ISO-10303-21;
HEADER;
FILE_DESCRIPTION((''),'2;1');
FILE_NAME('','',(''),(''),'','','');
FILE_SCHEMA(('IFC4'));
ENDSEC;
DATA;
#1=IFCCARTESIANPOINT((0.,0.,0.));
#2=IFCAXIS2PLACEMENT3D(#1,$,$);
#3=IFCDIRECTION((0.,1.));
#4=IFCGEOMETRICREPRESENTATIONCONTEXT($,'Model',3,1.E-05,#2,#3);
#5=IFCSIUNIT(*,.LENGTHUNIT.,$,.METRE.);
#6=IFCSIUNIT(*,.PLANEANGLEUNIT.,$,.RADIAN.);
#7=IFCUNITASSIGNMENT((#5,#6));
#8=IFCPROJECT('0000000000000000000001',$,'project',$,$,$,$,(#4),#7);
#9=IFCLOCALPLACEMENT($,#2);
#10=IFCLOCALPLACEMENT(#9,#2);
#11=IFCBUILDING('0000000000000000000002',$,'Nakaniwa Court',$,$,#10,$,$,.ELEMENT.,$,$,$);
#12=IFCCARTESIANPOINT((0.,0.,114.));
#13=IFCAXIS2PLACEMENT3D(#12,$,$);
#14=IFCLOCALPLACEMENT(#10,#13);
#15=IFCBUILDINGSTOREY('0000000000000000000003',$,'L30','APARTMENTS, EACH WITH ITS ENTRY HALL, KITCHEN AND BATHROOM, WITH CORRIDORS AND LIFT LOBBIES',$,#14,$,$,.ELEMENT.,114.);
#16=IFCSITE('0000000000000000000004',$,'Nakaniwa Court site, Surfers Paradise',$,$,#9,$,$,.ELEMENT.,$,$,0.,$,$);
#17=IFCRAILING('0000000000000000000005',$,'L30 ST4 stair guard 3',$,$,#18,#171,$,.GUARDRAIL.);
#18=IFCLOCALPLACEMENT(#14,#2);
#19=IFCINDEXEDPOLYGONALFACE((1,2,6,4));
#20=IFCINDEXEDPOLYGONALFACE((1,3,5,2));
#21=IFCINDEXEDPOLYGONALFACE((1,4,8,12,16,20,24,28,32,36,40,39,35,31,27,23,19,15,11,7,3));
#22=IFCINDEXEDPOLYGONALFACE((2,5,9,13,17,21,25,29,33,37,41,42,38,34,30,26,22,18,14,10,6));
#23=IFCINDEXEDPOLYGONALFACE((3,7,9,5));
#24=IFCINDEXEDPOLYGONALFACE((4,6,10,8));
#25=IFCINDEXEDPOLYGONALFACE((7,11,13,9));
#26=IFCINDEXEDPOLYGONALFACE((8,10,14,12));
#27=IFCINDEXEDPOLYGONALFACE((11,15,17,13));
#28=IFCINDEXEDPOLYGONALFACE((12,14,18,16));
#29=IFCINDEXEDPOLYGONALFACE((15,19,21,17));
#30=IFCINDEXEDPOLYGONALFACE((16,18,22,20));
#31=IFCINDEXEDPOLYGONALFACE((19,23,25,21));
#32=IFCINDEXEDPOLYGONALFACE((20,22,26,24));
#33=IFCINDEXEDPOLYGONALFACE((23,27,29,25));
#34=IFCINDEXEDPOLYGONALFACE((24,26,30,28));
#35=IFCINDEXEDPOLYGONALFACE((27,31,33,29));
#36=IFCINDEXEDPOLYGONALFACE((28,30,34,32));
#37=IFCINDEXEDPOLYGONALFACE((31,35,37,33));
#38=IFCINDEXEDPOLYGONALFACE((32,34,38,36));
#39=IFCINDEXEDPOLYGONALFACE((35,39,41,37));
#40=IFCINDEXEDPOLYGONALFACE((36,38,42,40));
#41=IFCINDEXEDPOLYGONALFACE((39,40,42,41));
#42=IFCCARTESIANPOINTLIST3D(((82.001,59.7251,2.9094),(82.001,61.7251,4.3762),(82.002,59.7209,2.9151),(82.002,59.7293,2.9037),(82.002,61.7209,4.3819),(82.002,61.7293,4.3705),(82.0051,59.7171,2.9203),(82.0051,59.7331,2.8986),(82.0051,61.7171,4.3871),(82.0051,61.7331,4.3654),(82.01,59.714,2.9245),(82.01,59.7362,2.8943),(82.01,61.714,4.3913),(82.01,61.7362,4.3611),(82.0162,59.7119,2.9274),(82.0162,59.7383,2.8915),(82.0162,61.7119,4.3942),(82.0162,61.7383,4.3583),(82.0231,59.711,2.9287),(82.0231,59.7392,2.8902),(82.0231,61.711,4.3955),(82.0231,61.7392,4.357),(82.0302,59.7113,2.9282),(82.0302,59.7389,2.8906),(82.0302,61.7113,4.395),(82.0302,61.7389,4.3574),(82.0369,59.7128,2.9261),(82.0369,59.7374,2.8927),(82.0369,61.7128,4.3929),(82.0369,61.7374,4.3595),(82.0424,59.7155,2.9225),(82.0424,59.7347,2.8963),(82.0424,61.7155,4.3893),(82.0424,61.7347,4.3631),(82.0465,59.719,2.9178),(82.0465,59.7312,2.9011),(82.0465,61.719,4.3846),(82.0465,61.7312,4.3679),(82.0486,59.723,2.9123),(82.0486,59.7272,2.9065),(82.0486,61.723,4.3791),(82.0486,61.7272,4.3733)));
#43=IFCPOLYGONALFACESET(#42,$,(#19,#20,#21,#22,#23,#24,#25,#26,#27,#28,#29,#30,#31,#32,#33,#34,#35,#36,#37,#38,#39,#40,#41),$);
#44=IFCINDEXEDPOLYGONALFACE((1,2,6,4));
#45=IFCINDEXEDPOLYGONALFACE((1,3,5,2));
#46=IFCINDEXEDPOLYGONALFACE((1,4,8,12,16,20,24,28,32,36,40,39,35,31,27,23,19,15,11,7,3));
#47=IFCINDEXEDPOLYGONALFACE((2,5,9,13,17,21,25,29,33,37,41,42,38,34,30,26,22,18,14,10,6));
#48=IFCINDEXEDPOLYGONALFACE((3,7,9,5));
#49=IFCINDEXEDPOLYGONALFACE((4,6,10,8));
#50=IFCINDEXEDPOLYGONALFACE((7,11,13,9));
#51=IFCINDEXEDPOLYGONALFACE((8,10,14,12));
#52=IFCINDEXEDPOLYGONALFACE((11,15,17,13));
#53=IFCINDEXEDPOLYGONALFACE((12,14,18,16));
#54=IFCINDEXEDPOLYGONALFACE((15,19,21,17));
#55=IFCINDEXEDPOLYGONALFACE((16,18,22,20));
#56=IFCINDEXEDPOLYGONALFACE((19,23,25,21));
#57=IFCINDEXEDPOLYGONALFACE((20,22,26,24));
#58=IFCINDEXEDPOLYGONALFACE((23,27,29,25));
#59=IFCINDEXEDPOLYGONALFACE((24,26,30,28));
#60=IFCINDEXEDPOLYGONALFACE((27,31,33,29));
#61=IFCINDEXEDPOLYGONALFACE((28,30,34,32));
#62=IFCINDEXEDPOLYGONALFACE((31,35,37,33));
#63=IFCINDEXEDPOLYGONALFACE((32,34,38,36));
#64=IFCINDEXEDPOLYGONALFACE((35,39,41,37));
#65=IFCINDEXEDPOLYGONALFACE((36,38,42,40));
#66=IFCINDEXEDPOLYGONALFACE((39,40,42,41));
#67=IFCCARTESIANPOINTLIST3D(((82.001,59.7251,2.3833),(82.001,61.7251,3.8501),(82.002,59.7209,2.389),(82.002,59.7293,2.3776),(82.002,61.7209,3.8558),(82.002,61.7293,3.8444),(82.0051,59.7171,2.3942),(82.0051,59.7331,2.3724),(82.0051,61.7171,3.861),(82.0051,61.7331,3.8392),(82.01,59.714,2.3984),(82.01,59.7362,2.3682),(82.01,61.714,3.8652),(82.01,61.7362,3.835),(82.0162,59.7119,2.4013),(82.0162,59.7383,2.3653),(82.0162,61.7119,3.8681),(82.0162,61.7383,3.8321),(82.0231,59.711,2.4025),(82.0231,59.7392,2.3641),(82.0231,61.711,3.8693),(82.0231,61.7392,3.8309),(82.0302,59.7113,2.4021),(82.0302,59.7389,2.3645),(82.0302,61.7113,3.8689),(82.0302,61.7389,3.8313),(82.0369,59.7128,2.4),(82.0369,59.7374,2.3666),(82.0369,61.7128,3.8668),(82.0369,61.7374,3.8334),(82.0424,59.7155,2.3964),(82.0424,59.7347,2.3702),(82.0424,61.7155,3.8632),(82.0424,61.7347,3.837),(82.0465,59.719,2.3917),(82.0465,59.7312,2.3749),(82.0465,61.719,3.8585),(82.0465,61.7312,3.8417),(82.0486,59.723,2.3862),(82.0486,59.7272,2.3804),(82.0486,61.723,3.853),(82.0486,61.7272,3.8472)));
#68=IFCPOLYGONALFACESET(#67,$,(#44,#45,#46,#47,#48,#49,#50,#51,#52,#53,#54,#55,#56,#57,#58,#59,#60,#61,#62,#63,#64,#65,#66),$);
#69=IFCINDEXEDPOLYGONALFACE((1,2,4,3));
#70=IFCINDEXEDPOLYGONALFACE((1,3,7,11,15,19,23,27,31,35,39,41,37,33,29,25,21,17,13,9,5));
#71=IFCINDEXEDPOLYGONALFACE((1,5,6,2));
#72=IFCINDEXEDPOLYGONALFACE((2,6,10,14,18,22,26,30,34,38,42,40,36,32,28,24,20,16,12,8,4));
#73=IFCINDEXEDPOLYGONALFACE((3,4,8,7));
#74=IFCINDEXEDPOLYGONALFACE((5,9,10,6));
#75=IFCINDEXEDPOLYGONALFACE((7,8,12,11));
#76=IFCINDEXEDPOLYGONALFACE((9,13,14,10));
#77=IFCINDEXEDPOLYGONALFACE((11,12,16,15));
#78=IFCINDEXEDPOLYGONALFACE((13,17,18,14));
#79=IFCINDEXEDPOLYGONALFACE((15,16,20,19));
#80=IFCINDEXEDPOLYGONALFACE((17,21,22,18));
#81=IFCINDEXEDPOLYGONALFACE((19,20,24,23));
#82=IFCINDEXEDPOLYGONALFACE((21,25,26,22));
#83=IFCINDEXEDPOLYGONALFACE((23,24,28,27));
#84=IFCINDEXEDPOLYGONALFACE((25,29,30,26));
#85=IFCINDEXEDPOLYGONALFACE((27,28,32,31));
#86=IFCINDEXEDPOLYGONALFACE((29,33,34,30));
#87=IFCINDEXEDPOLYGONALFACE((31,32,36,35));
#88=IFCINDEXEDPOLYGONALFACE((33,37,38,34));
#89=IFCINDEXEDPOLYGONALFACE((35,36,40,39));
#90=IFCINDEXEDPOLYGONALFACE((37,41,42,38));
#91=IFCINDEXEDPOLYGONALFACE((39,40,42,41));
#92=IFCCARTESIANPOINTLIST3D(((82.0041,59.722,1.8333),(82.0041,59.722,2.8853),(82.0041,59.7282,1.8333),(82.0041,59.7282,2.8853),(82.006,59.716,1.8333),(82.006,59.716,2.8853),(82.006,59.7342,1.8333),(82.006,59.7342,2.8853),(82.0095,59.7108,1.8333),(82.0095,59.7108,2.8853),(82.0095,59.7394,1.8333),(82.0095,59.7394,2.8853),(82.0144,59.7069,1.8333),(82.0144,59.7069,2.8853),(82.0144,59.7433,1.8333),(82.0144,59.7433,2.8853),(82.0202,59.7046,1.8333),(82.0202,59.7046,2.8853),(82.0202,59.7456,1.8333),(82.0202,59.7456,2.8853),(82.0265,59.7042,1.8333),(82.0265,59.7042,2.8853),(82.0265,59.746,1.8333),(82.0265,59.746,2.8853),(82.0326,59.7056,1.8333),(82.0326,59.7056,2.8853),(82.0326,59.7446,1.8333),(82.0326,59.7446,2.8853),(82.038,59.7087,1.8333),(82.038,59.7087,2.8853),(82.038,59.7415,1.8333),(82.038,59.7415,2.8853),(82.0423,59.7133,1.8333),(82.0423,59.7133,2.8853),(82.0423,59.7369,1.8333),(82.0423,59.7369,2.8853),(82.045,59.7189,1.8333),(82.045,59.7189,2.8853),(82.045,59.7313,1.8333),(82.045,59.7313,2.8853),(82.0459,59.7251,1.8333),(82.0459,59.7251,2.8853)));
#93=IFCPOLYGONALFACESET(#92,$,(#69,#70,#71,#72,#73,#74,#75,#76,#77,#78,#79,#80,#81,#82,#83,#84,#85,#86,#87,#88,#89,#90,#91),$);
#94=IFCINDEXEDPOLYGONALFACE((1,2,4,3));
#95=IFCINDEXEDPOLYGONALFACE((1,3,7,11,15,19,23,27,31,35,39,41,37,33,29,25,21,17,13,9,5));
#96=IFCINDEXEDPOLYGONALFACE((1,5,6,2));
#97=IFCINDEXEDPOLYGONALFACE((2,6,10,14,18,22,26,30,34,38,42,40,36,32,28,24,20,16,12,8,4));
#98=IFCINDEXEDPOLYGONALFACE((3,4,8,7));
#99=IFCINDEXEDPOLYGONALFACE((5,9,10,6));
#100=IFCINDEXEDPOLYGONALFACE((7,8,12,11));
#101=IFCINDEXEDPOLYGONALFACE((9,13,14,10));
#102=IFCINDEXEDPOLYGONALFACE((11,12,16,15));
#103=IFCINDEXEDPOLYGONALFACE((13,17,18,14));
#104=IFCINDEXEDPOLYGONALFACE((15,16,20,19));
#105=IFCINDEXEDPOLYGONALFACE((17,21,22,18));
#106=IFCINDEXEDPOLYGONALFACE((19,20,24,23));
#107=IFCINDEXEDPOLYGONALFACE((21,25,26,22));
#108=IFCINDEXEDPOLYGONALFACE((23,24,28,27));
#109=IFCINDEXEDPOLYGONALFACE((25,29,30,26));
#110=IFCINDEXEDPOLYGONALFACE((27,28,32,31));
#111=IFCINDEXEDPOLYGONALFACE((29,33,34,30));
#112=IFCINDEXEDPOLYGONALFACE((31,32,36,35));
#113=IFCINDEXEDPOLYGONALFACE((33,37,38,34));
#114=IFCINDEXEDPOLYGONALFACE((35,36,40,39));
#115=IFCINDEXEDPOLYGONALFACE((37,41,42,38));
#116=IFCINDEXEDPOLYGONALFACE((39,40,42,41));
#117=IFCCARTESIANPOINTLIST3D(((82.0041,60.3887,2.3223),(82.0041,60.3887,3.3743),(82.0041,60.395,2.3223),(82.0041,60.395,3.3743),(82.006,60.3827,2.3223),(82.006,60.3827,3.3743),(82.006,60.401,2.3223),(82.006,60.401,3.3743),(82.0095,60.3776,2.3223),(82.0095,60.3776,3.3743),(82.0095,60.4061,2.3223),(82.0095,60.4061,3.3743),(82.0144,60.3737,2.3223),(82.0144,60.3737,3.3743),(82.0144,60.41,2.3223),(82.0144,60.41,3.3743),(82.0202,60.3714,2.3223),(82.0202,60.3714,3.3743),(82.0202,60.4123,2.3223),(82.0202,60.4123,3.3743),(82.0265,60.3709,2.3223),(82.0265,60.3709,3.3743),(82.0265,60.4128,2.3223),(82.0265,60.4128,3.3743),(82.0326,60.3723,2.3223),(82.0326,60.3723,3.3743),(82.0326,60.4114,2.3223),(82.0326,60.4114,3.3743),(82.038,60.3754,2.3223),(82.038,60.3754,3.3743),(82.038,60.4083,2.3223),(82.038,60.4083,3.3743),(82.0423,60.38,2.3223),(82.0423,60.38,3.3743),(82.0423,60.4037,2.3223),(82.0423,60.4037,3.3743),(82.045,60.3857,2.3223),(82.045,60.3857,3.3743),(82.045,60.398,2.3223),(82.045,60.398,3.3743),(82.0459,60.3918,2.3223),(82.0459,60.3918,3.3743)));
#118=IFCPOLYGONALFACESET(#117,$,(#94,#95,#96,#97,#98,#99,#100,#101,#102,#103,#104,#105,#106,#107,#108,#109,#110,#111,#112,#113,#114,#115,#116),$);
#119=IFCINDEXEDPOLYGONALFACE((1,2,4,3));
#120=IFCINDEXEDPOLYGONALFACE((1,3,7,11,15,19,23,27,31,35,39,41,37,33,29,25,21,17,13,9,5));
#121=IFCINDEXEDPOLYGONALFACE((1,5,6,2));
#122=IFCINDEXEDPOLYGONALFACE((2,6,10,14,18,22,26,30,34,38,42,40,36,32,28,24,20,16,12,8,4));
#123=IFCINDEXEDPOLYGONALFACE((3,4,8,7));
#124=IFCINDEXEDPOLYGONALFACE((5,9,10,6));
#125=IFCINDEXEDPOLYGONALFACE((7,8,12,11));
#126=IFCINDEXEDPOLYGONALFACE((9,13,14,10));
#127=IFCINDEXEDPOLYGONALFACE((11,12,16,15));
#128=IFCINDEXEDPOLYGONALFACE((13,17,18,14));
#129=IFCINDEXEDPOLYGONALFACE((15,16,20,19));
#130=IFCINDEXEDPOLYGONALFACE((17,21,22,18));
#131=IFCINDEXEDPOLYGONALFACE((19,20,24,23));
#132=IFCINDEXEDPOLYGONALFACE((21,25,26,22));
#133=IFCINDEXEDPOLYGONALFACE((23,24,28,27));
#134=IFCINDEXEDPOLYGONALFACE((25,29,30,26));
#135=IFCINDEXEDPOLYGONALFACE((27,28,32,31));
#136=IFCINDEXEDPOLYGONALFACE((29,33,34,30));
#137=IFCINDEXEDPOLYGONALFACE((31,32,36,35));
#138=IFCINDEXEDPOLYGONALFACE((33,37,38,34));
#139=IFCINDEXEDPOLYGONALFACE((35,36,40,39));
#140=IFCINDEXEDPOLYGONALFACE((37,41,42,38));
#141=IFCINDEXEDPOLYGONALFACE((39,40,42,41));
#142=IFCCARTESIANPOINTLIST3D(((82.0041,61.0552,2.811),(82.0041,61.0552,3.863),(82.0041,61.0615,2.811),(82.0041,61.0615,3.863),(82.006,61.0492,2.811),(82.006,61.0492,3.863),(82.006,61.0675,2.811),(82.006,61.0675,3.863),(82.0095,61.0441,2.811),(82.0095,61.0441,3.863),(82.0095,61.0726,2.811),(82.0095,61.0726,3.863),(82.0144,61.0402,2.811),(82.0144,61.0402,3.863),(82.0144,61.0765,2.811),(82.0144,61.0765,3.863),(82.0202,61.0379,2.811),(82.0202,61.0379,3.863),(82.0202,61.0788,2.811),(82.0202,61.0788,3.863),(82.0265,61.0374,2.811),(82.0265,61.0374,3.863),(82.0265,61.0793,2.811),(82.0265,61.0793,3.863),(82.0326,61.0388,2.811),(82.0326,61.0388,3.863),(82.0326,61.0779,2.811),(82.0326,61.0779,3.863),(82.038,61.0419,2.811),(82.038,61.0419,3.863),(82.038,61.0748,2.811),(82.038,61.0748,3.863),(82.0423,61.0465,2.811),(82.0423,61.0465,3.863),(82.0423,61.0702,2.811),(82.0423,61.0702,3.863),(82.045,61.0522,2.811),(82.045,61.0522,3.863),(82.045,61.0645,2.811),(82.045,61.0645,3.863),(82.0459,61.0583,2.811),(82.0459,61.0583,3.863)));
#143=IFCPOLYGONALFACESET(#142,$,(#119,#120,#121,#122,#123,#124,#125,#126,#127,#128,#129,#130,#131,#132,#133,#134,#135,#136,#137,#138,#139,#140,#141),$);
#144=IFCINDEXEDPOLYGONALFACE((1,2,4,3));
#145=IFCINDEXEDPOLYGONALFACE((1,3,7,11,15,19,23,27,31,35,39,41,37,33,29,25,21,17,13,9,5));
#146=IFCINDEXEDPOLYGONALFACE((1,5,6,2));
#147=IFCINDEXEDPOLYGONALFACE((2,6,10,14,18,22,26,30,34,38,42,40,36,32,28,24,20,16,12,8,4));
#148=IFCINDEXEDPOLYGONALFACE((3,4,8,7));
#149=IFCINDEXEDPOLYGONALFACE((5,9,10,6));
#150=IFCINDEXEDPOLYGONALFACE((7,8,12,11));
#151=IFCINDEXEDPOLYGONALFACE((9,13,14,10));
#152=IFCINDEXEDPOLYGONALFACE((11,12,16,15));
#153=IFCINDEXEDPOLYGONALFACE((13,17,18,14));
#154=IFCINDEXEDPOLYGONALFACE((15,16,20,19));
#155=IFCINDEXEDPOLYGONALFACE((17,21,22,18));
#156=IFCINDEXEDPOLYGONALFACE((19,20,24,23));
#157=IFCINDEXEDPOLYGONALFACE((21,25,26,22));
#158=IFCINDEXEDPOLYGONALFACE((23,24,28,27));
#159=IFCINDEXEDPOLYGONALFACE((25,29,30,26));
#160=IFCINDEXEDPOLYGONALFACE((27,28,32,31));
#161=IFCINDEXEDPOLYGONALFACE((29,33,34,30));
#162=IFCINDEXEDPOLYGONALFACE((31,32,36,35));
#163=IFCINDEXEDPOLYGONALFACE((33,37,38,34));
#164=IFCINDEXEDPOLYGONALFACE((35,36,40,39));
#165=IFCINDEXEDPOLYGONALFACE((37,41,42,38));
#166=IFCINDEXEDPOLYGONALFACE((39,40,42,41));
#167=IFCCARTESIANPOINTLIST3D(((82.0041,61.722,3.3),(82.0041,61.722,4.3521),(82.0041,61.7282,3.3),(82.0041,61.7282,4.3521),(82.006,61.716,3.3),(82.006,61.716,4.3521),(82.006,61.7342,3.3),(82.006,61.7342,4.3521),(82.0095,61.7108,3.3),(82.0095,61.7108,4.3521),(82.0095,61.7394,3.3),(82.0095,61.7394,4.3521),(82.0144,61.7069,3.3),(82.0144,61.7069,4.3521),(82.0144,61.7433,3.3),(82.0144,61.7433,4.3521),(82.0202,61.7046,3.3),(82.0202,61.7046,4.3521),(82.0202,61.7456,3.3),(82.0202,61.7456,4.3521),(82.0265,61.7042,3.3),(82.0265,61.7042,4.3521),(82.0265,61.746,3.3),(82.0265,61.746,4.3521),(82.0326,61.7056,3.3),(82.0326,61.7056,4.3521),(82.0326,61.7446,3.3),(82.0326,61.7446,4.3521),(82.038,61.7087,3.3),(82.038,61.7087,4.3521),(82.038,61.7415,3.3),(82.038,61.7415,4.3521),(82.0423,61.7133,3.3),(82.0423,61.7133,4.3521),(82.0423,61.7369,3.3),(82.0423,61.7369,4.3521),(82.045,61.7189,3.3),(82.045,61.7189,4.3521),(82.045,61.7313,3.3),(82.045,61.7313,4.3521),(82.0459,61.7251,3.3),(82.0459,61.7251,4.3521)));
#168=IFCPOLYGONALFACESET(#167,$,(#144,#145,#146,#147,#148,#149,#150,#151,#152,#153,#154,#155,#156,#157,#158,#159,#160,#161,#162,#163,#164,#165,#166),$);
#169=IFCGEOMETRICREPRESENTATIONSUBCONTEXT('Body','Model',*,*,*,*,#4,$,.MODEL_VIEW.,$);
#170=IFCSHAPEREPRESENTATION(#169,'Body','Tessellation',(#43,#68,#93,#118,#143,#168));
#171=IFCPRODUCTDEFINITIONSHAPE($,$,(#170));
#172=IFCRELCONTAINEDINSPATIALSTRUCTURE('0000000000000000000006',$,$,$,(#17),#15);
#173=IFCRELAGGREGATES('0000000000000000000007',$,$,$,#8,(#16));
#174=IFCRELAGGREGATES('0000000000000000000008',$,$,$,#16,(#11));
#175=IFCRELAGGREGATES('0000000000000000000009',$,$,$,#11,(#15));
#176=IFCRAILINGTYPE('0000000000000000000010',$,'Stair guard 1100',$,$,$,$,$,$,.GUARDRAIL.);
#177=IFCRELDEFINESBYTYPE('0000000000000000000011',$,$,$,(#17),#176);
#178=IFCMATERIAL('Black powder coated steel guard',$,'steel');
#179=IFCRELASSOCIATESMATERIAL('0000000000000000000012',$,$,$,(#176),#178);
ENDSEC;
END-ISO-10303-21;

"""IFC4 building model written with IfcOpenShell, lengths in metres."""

from ifc_helpers import new_model, si_unit, direction, frame, origin, origin_2d, place, context, subcontext, project, spatial, circle, extrude, material, type_object, element, save


model = new_model("IFC4")

# Units and contexts
model_context = context("Model", 3, precision=1e-05, world=origin(), true_north=direction((0.0, 1.0)))
body_context = subcontext(model_context, "Body", "Model", "MODEL_VIEW")
ifc_project = project(units=[si_unit("LENGTHUNIT", "METRE"), si_unit("PLANEANGLEUNIT", "RADIAN")], contexts=[model_context])

# Site, building, storey
site_placement = place(None, origin())
site = spatial("IfcSite", under=ifc_project, at=site_placement, Name="Nakaniwa Court site, Surfers Paradise", CompositionType="ELEMENT", RefElevation=0.0)
building_placement = place(site_placement, origin())
building = spatial("IfcBuilding", under=site, at=building_placement, Name="Nakaniwa Court", CompositionType="ELEMENT")
storey_placement = place(building_placement, frame((0.0, 0.0, 114.0)))
storey = spatial("IfcBuildingStorey", under=building, at=storey_placement, Name="L30", Description="APARTMENTS, EACH WITH ITS ENTRY HALL, KITCHEN AND BATHROOM, WITH CORRIDORS AND LIFT LOBBIES", CompositionType="ELEMENT", Elevation=114.0)

# Railing
ifc_material_1 = material(Name="Black powder coated steel guard", Category="steel")
railing_type_1 = type_object("IfcRailingType", Name="Stair guard 1100", PredefinedType="GUARDRAIL", material=ifc_material_1)
railing_1_placement = place(storey_placement, frame((82.0249, 59.7251, 1.8333)))
element("IfcRailing", 1, at=railing_1_placement, inside=storey, type_object=railing_type_1, Name="L30 ST4 stair guard 3", PredefinedType="GUARDRAIL", context=body_context, shape_type="SweptSolid", body=[
    extrude(circle(Radius=0.0239, at=origin_2d()), frame((0.0, 0.0, 1.0762), z_axis=(0.0, 0.80638, 0.591398), x_axis=(-1.0, 0.0, 0.0)), (0.0, 0.0, 1.0), 2.4802),
    extrude(circle(Radius=0.0239, at=origin_2d()), frame((0.0, 0.0, 0.55), z_axis=(0.0, 0.80638, 0.591398), x_axis=(-1.0, 0.0, 0.0)), (0.0, 0.0, 1.0), 2.4802),
    extrude(circle(Radius=0.021, at=origin_2d()), origin(), (0.0, 0.0, 1.0), 1.052),
    extrude(circle(Radius=0.021, at=origin_2d()), frame((0.0, 0.6667, 0.489)), (0.0, 0.0, 1.0), 1.052),
    extrude(circle(Radius=0.021, at=origin_2d()), frame((0.0, 1.3333, 0.9778)), (0.0, 0.0, 1.0), 1.052),
    extrude(circle(Radius=0.021, at=origin_2d()), frame((0.0, 2.0, 1.4668)), (0.0, 0.0, 1.0), 1.052),
])

save(model, "model.ifc")
